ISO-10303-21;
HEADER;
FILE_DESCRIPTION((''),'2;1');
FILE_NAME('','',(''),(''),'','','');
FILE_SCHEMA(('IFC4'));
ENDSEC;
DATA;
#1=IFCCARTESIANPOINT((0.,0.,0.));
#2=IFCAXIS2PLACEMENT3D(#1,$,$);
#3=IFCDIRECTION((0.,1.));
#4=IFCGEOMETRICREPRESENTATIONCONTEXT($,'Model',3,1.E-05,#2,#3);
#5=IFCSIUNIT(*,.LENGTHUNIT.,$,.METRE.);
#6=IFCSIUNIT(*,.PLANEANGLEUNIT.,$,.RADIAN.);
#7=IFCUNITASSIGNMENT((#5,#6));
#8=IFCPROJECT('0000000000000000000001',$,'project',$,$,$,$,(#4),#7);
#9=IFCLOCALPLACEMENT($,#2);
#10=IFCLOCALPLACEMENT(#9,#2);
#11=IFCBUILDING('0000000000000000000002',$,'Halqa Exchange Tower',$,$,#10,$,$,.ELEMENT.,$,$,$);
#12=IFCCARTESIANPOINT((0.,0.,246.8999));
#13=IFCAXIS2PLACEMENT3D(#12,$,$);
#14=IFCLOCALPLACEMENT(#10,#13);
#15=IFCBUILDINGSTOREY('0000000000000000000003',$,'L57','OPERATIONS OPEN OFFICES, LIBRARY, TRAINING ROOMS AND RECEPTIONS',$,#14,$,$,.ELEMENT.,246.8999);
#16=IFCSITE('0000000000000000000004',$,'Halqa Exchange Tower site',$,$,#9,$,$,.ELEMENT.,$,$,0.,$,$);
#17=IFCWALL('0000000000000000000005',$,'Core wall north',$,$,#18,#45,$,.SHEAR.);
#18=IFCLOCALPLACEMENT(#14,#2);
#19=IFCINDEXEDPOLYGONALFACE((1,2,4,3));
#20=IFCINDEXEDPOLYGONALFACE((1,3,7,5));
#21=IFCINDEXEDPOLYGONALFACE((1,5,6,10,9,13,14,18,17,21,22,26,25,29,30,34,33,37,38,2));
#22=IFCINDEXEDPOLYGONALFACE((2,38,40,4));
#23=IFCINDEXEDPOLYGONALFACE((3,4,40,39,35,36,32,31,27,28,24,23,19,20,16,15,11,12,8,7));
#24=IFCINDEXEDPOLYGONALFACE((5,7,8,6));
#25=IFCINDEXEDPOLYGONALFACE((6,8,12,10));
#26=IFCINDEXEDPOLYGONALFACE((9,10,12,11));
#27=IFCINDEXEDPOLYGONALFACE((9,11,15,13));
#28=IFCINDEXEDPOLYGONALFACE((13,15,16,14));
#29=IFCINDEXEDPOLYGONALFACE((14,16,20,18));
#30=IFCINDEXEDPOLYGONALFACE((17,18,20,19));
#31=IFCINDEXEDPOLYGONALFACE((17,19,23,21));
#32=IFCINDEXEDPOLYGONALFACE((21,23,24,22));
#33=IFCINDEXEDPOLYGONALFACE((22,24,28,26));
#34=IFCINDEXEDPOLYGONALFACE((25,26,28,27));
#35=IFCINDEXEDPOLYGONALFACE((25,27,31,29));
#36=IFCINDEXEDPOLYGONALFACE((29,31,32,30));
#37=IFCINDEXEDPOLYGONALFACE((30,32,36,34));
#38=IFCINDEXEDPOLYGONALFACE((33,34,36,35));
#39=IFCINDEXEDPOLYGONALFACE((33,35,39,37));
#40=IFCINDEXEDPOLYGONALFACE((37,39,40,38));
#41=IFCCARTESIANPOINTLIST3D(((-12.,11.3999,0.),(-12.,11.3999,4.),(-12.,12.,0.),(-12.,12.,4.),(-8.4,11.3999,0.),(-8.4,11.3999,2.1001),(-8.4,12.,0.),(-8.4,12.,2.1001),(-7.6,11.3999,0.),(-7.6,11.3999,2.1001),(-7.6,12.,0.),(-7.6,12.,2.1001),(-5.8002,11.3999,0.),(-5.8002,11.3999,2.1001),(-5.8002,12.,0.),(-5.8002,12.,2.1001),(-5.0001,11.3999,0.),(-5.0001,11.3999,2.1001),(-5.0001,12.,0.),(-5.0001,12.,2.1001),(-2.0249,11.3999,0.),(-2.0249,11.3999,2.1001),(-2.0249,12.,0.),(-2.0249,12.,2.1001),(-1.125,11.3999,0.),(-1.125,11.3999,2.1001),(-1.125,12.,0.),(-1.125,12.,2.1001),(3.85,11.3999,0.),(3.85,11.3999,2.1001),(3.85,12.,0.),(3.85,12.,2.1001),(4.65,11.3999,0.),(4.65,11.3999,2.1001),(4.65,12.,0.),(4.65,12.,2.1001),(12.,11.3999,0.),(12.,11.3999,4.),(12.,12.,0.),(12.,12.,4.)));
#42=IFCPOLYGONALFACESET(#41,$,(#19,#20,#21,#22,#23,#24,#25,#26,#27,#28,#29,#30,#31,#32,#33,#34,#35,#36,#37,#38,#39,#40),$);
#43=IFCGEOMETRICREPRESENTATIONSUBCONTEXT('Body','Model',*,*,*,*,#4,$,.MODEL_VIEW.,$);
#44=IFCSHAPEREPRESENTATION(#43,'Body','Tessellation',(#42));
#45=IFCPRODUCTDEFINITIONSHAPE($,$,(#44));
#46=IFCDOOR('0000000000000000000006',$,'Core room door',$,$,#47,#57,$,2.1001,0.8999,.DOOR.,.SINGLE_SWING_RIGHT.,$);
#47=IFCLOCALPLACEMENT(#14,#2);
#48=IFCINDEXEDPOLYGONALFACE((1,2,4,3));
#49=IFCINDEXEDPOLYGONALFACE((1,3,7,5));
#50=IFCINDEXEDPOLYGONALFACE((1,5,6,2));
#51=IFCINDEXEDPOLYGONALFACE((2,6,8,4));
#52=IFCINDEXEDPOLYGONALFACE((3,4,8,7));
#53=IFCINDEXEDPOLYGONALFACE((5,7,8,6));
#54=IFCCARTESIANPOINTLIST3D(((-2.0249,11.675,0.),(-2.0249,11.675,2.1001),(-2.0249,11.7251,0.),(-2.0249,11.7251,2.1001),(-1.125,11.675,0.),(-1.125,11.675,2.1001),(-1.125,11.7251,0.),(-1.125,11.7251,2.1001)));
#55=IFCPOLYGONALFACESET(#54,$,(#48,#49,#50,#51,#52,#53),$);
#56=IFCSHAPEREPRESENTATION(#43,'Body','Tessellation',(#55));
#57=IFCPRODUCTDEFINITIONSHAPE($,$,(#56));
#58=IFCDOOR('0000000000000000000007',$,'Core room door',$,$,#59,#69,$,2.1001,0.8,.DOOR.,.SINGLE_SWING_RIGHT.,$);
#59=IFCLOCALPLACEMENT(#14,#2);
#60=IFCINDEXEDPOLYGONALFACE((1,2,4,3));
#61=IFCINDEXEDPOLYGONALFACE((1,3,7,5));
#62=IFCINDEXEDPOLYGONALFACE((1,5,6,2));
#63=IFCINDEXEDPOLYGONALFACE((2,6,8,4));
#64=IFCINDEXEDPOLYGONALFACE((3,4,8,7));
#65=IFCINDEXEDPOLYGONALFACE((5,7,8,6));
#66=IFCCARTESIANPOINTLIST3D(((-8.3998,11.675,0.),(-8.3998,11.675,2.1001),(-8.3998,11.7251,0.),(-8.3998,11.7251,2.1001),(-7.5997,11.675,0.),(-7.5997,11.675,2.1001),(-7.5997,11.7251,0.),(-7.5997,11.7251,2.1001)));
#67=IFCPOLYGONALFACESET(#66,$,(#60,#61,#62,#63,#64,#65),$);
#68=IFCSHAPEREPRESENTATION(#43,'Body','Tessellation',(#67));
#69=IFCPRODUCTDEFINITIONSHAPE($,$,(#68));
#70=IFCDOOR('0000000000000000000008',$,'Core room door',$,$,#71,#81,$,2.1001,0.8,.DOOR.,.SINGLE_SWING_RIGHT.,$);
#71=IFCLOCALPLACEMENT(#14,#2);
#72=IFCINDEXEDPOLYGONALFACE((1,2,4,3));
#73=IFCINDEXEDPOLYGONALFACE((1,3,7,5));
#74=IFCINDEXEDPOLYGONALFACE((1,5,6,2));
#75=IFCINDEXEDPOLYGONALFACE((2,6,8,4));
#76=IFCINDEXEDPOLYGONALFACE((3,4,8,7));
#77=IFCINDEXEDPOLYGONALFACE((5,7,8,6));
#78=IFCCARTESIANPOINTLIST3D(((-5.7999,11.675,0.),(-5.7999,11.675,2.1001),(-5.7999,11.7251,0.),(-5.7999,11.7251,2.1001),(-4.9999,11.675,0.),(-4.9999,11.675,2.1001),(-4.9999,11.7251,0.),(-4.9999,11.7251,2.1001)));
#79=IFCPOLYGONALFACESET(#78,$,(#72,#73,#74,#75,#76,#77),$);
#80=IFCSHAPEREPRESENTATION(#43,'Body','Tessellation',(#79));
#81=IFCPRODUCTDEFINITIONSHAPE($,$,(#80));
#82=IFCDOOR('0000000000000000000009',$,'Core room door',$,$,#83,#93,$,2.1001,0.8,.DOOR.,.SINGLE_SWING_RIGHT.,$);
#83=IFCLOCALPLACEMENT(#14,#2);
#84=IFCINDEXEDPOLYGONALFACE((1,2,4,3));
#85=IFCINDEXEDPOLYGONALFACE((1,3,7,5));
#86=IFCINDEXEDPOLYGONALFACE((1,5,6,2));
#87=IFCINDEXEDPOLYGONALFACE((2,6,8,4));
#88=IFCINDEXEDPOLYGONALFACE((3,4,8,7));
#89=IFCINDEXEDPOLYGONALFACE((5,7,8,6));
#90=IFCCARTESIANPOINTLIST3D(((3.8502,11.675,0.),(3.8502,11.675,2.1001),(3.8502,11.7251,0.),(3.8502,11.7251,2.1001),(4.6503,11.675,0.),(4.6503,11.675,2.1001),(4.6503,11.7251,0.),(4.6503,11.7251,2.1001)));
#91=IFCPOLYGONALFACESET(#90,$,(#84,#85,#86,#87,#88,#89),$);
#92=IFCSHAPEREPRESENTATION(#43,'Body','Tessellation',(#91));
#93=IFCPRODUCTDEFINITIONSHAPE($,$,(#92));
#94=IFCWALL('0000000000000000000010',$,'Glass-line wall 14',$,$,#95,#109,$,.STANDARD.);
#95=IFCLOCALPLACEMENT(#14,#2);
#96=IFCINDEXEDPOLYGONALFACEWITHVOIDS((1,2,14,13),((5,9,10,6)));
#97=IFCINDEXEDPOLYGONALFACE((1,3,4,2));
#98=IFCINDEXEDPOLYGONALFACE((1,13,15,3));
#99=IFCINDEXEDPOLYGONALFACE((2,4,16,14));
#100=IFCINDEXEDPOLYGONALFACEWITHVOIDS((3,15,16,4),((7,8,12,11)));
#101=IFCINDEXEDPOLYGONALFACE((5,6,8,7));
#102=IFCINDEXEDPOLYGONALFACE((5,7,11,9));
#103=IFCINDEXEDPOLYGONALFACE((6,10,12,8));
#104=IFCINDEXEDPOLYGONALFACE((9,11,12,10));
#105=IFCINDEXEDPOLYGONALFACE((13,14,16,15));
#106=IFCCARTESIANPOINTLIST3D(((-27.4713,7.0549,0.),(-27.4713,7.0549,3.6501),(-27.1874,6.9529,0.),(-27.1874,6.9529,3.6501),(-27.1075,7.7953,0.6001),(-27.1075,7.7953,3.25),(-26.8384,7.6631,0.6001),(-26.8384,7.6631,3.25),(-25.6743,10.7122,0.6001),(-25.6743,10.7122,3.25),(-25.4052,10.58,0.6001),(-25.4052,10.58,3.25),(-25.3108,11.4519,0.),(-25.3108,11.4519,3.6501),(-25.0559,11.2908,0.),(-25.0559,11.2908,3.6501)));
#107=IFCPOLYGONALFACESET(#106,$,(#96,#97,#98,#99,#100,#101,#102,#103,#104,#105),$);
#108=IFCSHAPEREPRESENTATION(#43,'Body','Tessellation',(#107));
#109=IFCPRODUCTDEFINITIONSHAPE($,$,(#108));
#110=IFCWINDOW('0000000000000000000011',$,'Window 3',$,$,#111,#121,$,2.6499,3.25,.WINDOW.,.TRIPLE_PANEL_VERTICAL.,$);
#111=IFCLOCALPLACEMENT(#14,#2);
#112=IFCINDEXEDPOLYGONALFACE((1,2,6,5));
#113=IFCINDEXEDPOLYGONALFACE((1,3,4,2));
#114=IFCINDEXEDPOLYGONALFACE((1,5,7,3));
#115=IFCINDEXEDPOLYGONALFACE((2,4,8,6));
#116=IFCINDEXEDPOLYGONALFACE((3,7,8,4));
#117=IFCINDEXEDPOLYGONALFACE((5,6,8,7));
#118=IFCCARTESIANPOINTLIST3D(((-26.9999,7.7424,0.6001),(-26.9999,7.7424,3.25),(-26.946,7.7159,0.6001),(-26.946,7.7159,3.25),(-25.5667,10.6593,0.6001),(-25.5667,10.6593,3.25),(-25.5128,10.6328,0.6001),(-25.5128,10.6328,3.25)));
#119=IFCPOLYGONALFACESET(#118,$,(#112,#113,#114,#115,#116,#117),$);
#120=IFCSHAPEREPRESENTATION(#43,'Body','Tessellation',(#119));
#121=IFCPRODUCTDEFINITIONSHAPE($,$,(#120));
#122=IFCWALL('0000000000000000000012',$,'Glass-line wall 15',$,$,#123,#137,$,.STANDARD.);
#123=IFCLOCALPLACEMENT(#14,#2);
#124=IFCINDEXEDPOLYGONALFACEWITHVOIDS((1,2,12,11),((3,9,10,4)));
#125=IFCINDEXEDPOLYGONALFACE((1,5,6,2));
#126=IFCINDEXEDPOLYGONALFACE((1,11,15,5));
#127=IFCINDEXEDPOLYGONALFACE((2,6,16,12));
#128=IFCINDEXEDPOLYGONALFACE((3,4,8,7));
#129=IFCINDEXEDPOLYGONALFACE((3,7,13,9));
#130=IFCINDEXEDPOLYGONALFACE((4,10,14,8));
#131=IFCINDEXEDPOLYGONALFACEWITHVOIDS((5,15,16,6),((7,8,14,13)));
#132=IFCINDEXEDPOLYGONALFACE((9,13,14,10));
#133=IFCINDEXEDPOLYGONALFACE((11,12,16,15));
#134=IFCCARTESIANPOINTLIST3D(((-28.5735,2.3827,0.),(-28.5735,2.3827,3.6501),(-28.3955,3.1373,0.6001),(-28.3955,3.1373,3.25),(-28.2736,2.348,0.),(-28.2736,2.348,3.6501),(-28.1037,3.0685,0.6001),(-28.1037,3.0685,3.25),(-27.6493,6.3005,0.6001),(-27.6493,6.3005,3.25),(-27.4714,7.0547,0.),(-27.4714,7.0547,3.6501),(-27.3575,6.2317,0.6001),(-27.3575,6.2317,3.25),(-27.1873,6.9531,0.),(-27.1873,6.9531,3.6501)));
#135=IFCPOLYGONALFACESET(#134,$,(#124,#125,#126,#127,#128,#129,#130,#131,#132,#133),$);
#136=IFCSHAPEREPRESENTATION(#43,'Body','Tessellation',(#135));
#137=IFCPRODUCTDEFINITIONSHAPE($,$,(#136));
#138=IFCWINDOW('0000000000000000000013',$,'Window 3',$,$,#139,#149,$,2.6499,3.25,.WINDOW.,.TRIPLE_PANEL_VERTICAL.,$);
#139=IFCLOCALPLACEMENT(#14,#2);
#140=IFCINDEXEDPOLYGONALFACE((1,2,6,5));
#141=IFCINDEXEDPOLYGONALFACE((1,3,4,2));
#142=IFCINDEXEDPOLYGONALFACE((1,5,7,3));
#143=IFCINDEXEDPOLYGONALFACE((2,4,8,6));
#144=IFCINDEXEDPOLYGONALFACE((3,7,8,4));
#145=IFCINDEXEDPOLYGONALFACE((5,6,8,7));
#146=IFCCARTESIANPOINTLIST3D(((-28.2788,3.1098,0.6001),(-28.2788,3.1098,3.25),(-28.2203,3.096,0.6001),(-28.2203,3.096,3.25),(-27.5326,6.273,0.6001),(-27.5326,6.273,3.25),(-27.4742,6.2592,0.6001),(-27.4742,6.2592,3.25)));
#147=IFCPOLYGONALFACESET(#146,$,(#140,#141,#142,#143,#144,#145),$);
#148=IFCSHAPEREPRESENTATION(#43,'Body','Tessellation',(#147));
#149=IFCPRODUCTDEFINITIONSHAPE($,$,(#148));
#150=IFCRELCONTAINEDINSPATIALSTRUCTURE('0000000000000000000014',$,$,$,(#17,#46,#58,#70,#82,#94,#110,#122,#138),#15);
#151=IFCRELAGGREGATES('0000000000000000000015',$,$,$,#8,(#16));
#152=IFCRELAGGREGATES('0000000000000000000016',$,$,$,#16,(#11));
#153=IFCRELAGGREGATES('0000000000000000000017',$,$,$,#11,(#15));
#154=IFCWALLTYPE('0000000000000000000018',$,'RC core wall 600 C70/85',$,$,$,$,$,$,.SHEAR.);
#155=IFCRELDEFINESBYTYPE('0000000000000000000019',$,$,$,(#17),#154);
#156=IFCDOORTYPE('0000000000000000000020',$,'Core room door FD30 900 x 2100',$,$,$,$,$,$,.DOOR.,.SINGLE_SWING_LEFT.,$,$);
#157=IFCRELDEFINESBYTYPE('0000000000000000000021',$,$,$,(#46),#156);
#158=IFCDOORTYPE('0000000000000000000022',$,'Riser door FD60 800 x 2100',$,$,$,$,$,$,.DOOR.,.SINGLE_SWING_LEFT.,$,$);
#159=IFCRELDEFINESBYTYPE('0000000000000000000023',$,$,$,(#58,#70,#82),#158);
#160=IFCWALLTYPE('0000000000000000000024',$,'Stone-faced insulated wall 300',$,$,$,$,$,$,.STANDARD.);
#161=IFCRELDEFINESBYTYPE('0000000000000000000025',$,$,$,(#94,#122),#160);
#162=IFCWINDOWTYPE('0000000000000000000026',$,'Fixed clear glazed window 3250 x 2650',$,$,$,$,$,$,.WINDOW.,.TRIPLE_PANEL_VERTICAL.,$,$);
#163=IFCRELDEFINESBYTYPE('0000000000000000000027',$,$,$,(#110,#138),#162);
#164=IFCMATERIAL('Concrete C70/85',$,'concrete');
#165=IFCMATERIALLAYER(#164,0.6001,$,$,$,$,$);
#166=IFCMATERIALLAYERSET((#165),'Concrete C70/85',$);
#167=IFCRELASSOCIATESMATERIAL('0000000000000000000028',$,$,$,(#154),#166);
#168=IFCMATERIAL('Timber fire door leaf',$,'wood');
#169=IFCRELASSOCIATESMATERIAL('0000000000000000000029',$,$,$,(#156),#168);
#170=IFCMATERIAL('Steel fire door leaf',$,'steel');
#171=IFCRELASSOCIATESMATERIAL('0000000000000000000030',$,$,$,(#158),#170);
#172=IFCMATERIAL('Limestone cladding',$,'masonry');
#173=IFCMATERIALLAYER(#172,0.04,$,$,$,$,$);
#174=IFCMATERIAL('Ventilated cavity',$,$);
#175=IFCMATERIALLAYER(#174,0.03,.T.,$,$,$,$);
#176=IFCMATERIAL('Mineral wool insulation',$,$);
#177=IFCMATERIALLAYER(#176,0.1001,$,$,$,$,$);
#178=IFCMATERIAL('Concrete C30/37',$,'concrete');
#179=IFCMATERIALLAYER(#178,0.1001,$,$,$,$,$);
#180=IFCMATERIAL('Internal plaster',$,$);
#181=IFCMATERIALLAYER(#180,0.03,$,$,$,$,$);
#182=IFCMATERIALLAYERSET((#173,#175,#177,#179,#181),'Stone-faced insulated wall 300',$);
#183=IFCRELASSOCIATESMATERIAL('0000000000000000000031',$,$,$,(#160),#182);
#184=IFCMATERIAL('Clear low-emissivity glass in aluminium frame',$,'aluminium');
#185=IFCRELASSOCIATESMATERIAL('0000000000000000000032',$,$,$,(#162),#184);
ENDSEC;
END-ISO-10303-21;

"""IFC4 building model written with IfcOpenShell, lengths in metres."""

from ifc_helpers import new_model, si_unit, direction, frame, frame_2d, origin, place, context, subcontext, project, spatial, polyline, rectangle, outline, extrude, material, layer, layer_set, type_object, element, fill, save


model = new_model("IFC4")

# Units and contexts
model_context = context("Model", 3, precision=1e-05, world=origin(), true_north=direction((0.0, 1.0)))
body_context = subcontext(model_context, "Body", "Model", "MODEL_VIEW")
ifc_project = project(units=[si_unit("LENGTHUNIT", "METRE"), si_unit("PLANEANGLEUNIT", "RADIAN")], contexts=[model_context])

# Site, building, storey
site_placement = place(None, origin())
site = spatial("IfcSite", under=ifc_project, at=site_placement, Name="Halqa Exchange Tower site", CompositionType="ELEMENT", RefElevation=0.0)
building_placement = place(site_placement, origin())
building = spatial("IfcBuilding", under=site, at=building_placement, Name="Halqa Exchange Tower", CompositionType="ELEMENT")
storey_placement = place(building_placement, frame((0.0, 0.0, 246.8999)))
storey = spatial("IfcBuildingStorey", under=building, at=storey_placement, Name="L57", Description="OPERATIONS OPEN OFFICES, LIBRARY, TRAINING ROOMS AND RECEPTIONS", CompositionType="ELEMENT", Elevation=246.8999)

# Shared definitions
ifc_material_1 = material(Name="Steel fire door leaf", Category="steel")

# Wall, openings, doors
ifc_material_2 = material(Name="Concrete C70/85", Category="concrete")
ifc_layer_1 = layer(ifc_material_2, 0.6001)
ifc_layer_set_1 = layer_set([ifc_layer_1], Name="Concrete C70/85")
wall_type_1 = type_object("IfcWallType", Name="RC core wall 600 C70/85", PredefinedType="SHEAR", material=ifc_layer_set_1)
wall_1_placement = place(storey_placement, frame((-12.0, 11.7, 0.0), z_axis=(0.0, 0.0, 1.0), x_axis=(1.0, 0.0, 0.0)))
wall_1 = element("IfcWall", 1, at=wall_1_placement, inside=storey, type_object=wall_type_1, Name="Core wall north", PredefinedType="SHEAR", context=body_context, shape_type="SweptSolid", body=[
    extrude(rectangle(XDim=24.0, YDim=0.6001, at=frame_2d((12.0, 0.0))), origin(), (0.0, 0.0, 1.0), 4.0),
])
opening_1_placement = place(wall_1_placement, frame((9.9751, 0.0, 0.0)))
opening_1 = element("IfcOpeningElement", 2, at=opening_1_placement, cuts=wall_1, PredefinedType="OPENING", context=body_context, shape_type="SweptSolid", body=[
    extrude(rectangle(XDim=0.8999, YDim=2.1001, at=frame_2d((0.45, 1.05))), frame((0.0, 0.312, 0.0), z_axis=(0.0, -1.0, 0.0), x_axis=(1.0, 0.0, 0.0)), (0.0, 0.0, 1.0), 0.624),
])
opening_2_placement = place(wall_1_placement, frame((3.6001, 0.0, 0.0)))
opening_2 = element("IfcOpeningElement", 3, at=opening_2_placement, cuts=wall_1, PredefinedType="OPENING", context=body_context, shape_type="SweptSolid", body=[
    extrude(rectangle(XDim=0.8, YDim=2.1001, at=frame_2d((0.3999, 1.05))), frame((0.0, 0.312, 0.0), z_axis=(0.0, -1.0, 0.0), x_axis=(1.0, 0.0, 0.0)), (0.0, 0.0, 1.0), 0.624),
])
opening_3_placement = place(wall_1_placement, frame((6.2, 0.0, 0.0)))
opening_3 = element("IfcOpeningElement", 4, at=opening_3_placement, cuts=wall_1, PredefinedType="OPENING", context=body_context, shape_type="SweptSolid", body=[
    extrude(rectangle(XDim=0.8, YDim=2.1001, at=frame_2d((0.3999, 1.05))), frame((0.0, 0.312, 0.0), z_axis=(0.0, -1.0, 0.0), x_axis=(1.0, 0.0, 0.0)), (0.0, 0.0, 1.0), 0.624),
])
opening_4_placement = place(wall_1_placement, frame((15.8501, 0.0, 0.0)))
opening_4 = element("IfcOpeningElement", 5, at=opening_4_placement, cuts=wall_1, PredefinedType="OPENING", context=body_context, shape_type="SweptSolid", body=[
    extrude(rectangle(XDim=0.8, YDim=2.1001, at=frame_2d((0.3999, 1.05))), frame((0.0, 0.312, 0.0), z_axis=(0.0, -1.0, 0.0), x_axis=(1.0, 0.0, 0.0)), (0.0, 0.0, 1.0), 0.624),
])
ifc_material_3 = material(Name="Timber fire door leaf", Category="wood")
door_type_1 = type_object("IfcDoorType", Name="Core room door FD30 900 x 2100", OperationType="SINGLE_SWING_LEFT", PredefinedType="DOOR", material=ifc_material_3)
door_1_placement = place(opening_1_placement, frame((0.8999, 0.0, 0.0), z_axis=(0.0, 0.0, 1.0), x_axis=(-1.0, 0.0, 0.0)))
door_1 = element("IfcDoor", 6, at=door_1_placement, inside=storey, type_object=door_type_1, Name="Core room door", OperationType="SINGLE_SWING_RIGHT", OverallHeight=2.1001, OverallWidth=0.8999, PredefinedType="DOOR", context=body_context, shape_type="SweptSolid", body=[
    extrude(rectangle(XDim=0.8999, YDim=2.1001, at=frame_2d((0.45, 1.05))), frame((0.0, 0.0249, 0.0), z_axis=(0.0, -1.0, 0.0), x_axis=(1.0, 0.0, 0.0)), (0.0, 0.0, 1.0), 0.05),
])
fill(opening_1, door_1)
door_type_2 = type_object("IfcDoorType", Name="Riser door FD60 800 x 2100", OperationType="SINGLE_SWING_LEFT", PredefinedType="DOOR", material=ifc_material_1)
door_2_placement = place(opening_2_placement, frame((0.8, 0.0, 0.0), z_axis=(0.0, 0.0, 1.0), x_axis=(-1.0, 0.0, 0.0)))
door_2 = element("IfcDoor", 7, at=door_2_placement, inside=storey, type_object=door_type_2, Name="Core room door", OperationType="SINGLE_SWING_RIGHT", OverallHeight=2.1001, OverallWidth=0.8, PredefinedType="DOOR", context=body_context, shape_type="SweptSolid", body=[
    extrude(rectangle(XDim=0.8, YDim=2.1001, at=frame_2d((0.3999, 1.05))), frame((0.0, 0.0249, 0.0), z_axis=(0.0, -1.0, 0.0), x_axis=(1.0, 0.0, 0.0)), (0.0, 0.0, 1.0), 0.05),
])
fill(opening_2, door_2)
door_3_placement = place(opening_3_placement, frame((0.8, 0.0, 0.0), z_axis=(0.0, 0.0, 1.0), x_axis=(-1.0, 0.0, 0.0)))
door_3 = element("IfcDoor", 8, at=door_3_placement, inside=storey, type_object=door_type_2, Name="Core room door", OperationType="SINGLE_SWING_RIGHT", OverallHeight=2.1001, OverallWidth=0.8, PredefinedType="DOOR", context=body_context, shape_type="SweptSolid", body=[
    extrude(rectangle(XDim=0.8, YDim=2.1001, at=frame_2d((0.3999, 1.05))), frame((0.0, 0.0249, 0.0), z_axis=(0.0, -1.0, 0.0), x_axis=(1.0, 0.0, 0.0)), (0.0, 0.0, 1.0), 0.05),
])
fill(opening_3, door_3)
door_4_placement = place(opening_4_placement, frame((0.8, 0.0, 0.0), z_axis=(0.0, 0.0, 1.0), x_axis=(-1.0, 0.0, 0.0)))
door_4 = element("IfcDoor", 9, at=door_4_placement, inside=storey, type_object=door_type_2, Name="Core room door", OperationType="SINGLE_SWING_RIGHT", OverallHeight=2.1001, OverallWidth=0.8, PredefinedType="DOOR", context=body_context, shape_type="SweptSolid", body=[
    extrude(rectangle(XDim=0.8, YDim=2.1001, at=frame_2d((0.3999, 1.05))), frame((0.0, 0.0249, 0.0), z_axis=(0.0, -1.0, 0.0), x_axis=(1.0, 0.0, 0.0)), (0.0, 0.0, 1.0), 0.05),
])
fill(opening_4, door_4)

# Walls, openings, windows
ifc_material_4 = material(Name="Limestone cladding", Category="masonry")
ifc_layer_2 = layer(ifc_material_4, 0.04)
ifc_material_5 = material(Name="Ventilated cavity")
ifc_layer_3 = layer(ifc_material_5, 0.03, ventilated=True)
ifc_material_6 = material(Name="Mineral wool insulation")
ifc_layer_4 = layer(ifc_material_6, 0.1001)
ifc_material_7 = material(Name="Concrete C30/37", Category="concrete")
ifc_layer_5 = layer(ifc_material_7, 0.1001)
ifc_material_8 = material(Name="Internal plaster")
ifc_layer_6 = layer(ifc_material_8, 0.03)
ifc_layer_set_2 = layer_set([ifc_layer_2, ifc_layer_3, ifc_layer_4, ifc_layer_5, ifc_layer_6], Name="Stone-faced insulated wall 300")
wall_type_2 = type_object("IfcWallType", Name="Stone-faced insulated wall 300", PredefinedType="STANDARD", material=ifc_layer_set_2)
wall_2_placement = place(storey_placement, frame((-25.1833, 11.3713, 0.0), z_axis=(0.0, 0.0, 1.0), x_axis=(-0.441002, -0.897506, 0.0)))
wall_2 = element("IfcWall", 10, at=wall_2_placement, inside=storey, type_object=wall_type_2, Name="Glass-line wall 14", PredefinedType="STANDARD", context=body_context, shape_type="SweptSolid", body=[
    extrude(outline(polyline([(-0.0161, -0.1499), (4.8831, -0.1499), (4.8494, 0.1499), (0.0161, 0.1499), (-0.0161, -0.1499)])), origin(), (0.0, 0.0, 1.0), 3.6501),
])
opening_5_placement = place(wall_2_placement, frame((0.8081, 0.0, 0.6001)))
opening_5 = element("IfcOpeningElement", 11, at=opening_5_placement, cuts=wall_2, PredefinedType="OPENING", context=body_context, shape_type="SweptSolid", body=[
    extrude(rectangle(XDim=3.25, YDim=2.6499, at=frame_2d((1.625, 1.325))), frame((0.0, 0.1621, 0.0), z_axis=(0.0, -1.0, 0.0), x_axis=(1.0, 0.0, 0.0)), (0.0, 0.0, 1.0), 0.324),
])
ifc_material_9 = material(Name="Clear low-emissivity glass in aluminium frame", Category="aluminium")
window_type = type_object("IfcWindowType", Name="Fixed clear glazed window 3250 x 2650", PartitioningType="TRIPLE_PANEL_VERTICAL", PredefinedType="WINDOW", material=ifc_material_9)
window_1_placement = place(opening_5_placement, origin())
window_1 = element("IfcWindow", 12, at=window_1_placement, inside=storey, type_object=window_type, Name="Window 3", OverallHeight=2.6499, OverallWidth=3.25, PartitioningType="TRIPLE_PANEL_VERTICAL", PredefinedType="WINDOW", context=body_context, shape_type="SweptSolid", body=[
    extrude(rectangle(XDim=3.25, YDim=2.6499, at=frame_2d((1.625, 1.325))), frame((0.0, 0.03, 0.0), z_axis=(0.0, -1.0, 0.0), x_axis=(1.0, 0.0, 0.0)), (0.0, 0.0, 1.0), 0.0601),
])
fill(opening_5, window_1)
wall_3_placement = place(storey_placement, frame((-27.3293, 7.0039, 0.0), z_axis=(0.0, 0.0, 1.0), x_axis=(-0.229593, -0.973287, 0.0)))
wall_3 = element("IfcWall", 13, at=wall_3_placement, inside=storey, type_object=wall_type_2, Name="Glass-line wall 15", PredefinedType="STANDARD", context=body_context, shape_type="SweptSolid", body=[
    extrude(outline(polyline([(-0.0168, -0.1499), (4.7834, -0.1499), (4.7483, 0.1499), (0.0168, 0.1499), (-0.0168, -0.1499)])), origin(), (0.0, 0.0, 1.0), 3.6501),
])
opening_6_placement = place(wall_3_placement, frame((0.7581, 0.0, 0.6001)))
opening_6 = element("IfcOpeningElement", 14, at=opening_6_placement, cuts=wall_3, PredefinedType="OPENING", context=body_context, shape_type="SweptSolid", body=[
    extrude(rectangle(XDim=3.25, YDim=2.6499, at=frame_2d((1.625, 1.325))), frame((0.0, 0.1621, 0.0), z_axis=(0.0, -1.0, 0.0), x_axis=(1.0, 0.0, 0.0)), (0.0, 0.0, 1.0), 0.324),
])
window_2_placement = place(opening_6_placement, origin())
window_2 = element("IfcWindow", 15, at=window_2_placement, inside=storey, type_object=window_type, Name="Window 3", OverallHeight=2.6499, OverallWidth=3.25, PartitioningType="TRIPLE_PANEL_VERTICAL", PredefinedType="WINDOW", context=body_context, shape_type="SweptSolid", body=[
    extrude(rectangle(XDim=3.25, YDim=2.6499, at=frame_2d((1.625, 1.325))), frame((0.0, 0.03, 0.0), z_axis=(0.0, -1.0, 0.0), x_axis=(1.0, 0.0, 0.0)), (0.0, 0.0, 1.0), 0.0601),
])
fill(opening_6, window_2)

save(model, "model.ifc")
